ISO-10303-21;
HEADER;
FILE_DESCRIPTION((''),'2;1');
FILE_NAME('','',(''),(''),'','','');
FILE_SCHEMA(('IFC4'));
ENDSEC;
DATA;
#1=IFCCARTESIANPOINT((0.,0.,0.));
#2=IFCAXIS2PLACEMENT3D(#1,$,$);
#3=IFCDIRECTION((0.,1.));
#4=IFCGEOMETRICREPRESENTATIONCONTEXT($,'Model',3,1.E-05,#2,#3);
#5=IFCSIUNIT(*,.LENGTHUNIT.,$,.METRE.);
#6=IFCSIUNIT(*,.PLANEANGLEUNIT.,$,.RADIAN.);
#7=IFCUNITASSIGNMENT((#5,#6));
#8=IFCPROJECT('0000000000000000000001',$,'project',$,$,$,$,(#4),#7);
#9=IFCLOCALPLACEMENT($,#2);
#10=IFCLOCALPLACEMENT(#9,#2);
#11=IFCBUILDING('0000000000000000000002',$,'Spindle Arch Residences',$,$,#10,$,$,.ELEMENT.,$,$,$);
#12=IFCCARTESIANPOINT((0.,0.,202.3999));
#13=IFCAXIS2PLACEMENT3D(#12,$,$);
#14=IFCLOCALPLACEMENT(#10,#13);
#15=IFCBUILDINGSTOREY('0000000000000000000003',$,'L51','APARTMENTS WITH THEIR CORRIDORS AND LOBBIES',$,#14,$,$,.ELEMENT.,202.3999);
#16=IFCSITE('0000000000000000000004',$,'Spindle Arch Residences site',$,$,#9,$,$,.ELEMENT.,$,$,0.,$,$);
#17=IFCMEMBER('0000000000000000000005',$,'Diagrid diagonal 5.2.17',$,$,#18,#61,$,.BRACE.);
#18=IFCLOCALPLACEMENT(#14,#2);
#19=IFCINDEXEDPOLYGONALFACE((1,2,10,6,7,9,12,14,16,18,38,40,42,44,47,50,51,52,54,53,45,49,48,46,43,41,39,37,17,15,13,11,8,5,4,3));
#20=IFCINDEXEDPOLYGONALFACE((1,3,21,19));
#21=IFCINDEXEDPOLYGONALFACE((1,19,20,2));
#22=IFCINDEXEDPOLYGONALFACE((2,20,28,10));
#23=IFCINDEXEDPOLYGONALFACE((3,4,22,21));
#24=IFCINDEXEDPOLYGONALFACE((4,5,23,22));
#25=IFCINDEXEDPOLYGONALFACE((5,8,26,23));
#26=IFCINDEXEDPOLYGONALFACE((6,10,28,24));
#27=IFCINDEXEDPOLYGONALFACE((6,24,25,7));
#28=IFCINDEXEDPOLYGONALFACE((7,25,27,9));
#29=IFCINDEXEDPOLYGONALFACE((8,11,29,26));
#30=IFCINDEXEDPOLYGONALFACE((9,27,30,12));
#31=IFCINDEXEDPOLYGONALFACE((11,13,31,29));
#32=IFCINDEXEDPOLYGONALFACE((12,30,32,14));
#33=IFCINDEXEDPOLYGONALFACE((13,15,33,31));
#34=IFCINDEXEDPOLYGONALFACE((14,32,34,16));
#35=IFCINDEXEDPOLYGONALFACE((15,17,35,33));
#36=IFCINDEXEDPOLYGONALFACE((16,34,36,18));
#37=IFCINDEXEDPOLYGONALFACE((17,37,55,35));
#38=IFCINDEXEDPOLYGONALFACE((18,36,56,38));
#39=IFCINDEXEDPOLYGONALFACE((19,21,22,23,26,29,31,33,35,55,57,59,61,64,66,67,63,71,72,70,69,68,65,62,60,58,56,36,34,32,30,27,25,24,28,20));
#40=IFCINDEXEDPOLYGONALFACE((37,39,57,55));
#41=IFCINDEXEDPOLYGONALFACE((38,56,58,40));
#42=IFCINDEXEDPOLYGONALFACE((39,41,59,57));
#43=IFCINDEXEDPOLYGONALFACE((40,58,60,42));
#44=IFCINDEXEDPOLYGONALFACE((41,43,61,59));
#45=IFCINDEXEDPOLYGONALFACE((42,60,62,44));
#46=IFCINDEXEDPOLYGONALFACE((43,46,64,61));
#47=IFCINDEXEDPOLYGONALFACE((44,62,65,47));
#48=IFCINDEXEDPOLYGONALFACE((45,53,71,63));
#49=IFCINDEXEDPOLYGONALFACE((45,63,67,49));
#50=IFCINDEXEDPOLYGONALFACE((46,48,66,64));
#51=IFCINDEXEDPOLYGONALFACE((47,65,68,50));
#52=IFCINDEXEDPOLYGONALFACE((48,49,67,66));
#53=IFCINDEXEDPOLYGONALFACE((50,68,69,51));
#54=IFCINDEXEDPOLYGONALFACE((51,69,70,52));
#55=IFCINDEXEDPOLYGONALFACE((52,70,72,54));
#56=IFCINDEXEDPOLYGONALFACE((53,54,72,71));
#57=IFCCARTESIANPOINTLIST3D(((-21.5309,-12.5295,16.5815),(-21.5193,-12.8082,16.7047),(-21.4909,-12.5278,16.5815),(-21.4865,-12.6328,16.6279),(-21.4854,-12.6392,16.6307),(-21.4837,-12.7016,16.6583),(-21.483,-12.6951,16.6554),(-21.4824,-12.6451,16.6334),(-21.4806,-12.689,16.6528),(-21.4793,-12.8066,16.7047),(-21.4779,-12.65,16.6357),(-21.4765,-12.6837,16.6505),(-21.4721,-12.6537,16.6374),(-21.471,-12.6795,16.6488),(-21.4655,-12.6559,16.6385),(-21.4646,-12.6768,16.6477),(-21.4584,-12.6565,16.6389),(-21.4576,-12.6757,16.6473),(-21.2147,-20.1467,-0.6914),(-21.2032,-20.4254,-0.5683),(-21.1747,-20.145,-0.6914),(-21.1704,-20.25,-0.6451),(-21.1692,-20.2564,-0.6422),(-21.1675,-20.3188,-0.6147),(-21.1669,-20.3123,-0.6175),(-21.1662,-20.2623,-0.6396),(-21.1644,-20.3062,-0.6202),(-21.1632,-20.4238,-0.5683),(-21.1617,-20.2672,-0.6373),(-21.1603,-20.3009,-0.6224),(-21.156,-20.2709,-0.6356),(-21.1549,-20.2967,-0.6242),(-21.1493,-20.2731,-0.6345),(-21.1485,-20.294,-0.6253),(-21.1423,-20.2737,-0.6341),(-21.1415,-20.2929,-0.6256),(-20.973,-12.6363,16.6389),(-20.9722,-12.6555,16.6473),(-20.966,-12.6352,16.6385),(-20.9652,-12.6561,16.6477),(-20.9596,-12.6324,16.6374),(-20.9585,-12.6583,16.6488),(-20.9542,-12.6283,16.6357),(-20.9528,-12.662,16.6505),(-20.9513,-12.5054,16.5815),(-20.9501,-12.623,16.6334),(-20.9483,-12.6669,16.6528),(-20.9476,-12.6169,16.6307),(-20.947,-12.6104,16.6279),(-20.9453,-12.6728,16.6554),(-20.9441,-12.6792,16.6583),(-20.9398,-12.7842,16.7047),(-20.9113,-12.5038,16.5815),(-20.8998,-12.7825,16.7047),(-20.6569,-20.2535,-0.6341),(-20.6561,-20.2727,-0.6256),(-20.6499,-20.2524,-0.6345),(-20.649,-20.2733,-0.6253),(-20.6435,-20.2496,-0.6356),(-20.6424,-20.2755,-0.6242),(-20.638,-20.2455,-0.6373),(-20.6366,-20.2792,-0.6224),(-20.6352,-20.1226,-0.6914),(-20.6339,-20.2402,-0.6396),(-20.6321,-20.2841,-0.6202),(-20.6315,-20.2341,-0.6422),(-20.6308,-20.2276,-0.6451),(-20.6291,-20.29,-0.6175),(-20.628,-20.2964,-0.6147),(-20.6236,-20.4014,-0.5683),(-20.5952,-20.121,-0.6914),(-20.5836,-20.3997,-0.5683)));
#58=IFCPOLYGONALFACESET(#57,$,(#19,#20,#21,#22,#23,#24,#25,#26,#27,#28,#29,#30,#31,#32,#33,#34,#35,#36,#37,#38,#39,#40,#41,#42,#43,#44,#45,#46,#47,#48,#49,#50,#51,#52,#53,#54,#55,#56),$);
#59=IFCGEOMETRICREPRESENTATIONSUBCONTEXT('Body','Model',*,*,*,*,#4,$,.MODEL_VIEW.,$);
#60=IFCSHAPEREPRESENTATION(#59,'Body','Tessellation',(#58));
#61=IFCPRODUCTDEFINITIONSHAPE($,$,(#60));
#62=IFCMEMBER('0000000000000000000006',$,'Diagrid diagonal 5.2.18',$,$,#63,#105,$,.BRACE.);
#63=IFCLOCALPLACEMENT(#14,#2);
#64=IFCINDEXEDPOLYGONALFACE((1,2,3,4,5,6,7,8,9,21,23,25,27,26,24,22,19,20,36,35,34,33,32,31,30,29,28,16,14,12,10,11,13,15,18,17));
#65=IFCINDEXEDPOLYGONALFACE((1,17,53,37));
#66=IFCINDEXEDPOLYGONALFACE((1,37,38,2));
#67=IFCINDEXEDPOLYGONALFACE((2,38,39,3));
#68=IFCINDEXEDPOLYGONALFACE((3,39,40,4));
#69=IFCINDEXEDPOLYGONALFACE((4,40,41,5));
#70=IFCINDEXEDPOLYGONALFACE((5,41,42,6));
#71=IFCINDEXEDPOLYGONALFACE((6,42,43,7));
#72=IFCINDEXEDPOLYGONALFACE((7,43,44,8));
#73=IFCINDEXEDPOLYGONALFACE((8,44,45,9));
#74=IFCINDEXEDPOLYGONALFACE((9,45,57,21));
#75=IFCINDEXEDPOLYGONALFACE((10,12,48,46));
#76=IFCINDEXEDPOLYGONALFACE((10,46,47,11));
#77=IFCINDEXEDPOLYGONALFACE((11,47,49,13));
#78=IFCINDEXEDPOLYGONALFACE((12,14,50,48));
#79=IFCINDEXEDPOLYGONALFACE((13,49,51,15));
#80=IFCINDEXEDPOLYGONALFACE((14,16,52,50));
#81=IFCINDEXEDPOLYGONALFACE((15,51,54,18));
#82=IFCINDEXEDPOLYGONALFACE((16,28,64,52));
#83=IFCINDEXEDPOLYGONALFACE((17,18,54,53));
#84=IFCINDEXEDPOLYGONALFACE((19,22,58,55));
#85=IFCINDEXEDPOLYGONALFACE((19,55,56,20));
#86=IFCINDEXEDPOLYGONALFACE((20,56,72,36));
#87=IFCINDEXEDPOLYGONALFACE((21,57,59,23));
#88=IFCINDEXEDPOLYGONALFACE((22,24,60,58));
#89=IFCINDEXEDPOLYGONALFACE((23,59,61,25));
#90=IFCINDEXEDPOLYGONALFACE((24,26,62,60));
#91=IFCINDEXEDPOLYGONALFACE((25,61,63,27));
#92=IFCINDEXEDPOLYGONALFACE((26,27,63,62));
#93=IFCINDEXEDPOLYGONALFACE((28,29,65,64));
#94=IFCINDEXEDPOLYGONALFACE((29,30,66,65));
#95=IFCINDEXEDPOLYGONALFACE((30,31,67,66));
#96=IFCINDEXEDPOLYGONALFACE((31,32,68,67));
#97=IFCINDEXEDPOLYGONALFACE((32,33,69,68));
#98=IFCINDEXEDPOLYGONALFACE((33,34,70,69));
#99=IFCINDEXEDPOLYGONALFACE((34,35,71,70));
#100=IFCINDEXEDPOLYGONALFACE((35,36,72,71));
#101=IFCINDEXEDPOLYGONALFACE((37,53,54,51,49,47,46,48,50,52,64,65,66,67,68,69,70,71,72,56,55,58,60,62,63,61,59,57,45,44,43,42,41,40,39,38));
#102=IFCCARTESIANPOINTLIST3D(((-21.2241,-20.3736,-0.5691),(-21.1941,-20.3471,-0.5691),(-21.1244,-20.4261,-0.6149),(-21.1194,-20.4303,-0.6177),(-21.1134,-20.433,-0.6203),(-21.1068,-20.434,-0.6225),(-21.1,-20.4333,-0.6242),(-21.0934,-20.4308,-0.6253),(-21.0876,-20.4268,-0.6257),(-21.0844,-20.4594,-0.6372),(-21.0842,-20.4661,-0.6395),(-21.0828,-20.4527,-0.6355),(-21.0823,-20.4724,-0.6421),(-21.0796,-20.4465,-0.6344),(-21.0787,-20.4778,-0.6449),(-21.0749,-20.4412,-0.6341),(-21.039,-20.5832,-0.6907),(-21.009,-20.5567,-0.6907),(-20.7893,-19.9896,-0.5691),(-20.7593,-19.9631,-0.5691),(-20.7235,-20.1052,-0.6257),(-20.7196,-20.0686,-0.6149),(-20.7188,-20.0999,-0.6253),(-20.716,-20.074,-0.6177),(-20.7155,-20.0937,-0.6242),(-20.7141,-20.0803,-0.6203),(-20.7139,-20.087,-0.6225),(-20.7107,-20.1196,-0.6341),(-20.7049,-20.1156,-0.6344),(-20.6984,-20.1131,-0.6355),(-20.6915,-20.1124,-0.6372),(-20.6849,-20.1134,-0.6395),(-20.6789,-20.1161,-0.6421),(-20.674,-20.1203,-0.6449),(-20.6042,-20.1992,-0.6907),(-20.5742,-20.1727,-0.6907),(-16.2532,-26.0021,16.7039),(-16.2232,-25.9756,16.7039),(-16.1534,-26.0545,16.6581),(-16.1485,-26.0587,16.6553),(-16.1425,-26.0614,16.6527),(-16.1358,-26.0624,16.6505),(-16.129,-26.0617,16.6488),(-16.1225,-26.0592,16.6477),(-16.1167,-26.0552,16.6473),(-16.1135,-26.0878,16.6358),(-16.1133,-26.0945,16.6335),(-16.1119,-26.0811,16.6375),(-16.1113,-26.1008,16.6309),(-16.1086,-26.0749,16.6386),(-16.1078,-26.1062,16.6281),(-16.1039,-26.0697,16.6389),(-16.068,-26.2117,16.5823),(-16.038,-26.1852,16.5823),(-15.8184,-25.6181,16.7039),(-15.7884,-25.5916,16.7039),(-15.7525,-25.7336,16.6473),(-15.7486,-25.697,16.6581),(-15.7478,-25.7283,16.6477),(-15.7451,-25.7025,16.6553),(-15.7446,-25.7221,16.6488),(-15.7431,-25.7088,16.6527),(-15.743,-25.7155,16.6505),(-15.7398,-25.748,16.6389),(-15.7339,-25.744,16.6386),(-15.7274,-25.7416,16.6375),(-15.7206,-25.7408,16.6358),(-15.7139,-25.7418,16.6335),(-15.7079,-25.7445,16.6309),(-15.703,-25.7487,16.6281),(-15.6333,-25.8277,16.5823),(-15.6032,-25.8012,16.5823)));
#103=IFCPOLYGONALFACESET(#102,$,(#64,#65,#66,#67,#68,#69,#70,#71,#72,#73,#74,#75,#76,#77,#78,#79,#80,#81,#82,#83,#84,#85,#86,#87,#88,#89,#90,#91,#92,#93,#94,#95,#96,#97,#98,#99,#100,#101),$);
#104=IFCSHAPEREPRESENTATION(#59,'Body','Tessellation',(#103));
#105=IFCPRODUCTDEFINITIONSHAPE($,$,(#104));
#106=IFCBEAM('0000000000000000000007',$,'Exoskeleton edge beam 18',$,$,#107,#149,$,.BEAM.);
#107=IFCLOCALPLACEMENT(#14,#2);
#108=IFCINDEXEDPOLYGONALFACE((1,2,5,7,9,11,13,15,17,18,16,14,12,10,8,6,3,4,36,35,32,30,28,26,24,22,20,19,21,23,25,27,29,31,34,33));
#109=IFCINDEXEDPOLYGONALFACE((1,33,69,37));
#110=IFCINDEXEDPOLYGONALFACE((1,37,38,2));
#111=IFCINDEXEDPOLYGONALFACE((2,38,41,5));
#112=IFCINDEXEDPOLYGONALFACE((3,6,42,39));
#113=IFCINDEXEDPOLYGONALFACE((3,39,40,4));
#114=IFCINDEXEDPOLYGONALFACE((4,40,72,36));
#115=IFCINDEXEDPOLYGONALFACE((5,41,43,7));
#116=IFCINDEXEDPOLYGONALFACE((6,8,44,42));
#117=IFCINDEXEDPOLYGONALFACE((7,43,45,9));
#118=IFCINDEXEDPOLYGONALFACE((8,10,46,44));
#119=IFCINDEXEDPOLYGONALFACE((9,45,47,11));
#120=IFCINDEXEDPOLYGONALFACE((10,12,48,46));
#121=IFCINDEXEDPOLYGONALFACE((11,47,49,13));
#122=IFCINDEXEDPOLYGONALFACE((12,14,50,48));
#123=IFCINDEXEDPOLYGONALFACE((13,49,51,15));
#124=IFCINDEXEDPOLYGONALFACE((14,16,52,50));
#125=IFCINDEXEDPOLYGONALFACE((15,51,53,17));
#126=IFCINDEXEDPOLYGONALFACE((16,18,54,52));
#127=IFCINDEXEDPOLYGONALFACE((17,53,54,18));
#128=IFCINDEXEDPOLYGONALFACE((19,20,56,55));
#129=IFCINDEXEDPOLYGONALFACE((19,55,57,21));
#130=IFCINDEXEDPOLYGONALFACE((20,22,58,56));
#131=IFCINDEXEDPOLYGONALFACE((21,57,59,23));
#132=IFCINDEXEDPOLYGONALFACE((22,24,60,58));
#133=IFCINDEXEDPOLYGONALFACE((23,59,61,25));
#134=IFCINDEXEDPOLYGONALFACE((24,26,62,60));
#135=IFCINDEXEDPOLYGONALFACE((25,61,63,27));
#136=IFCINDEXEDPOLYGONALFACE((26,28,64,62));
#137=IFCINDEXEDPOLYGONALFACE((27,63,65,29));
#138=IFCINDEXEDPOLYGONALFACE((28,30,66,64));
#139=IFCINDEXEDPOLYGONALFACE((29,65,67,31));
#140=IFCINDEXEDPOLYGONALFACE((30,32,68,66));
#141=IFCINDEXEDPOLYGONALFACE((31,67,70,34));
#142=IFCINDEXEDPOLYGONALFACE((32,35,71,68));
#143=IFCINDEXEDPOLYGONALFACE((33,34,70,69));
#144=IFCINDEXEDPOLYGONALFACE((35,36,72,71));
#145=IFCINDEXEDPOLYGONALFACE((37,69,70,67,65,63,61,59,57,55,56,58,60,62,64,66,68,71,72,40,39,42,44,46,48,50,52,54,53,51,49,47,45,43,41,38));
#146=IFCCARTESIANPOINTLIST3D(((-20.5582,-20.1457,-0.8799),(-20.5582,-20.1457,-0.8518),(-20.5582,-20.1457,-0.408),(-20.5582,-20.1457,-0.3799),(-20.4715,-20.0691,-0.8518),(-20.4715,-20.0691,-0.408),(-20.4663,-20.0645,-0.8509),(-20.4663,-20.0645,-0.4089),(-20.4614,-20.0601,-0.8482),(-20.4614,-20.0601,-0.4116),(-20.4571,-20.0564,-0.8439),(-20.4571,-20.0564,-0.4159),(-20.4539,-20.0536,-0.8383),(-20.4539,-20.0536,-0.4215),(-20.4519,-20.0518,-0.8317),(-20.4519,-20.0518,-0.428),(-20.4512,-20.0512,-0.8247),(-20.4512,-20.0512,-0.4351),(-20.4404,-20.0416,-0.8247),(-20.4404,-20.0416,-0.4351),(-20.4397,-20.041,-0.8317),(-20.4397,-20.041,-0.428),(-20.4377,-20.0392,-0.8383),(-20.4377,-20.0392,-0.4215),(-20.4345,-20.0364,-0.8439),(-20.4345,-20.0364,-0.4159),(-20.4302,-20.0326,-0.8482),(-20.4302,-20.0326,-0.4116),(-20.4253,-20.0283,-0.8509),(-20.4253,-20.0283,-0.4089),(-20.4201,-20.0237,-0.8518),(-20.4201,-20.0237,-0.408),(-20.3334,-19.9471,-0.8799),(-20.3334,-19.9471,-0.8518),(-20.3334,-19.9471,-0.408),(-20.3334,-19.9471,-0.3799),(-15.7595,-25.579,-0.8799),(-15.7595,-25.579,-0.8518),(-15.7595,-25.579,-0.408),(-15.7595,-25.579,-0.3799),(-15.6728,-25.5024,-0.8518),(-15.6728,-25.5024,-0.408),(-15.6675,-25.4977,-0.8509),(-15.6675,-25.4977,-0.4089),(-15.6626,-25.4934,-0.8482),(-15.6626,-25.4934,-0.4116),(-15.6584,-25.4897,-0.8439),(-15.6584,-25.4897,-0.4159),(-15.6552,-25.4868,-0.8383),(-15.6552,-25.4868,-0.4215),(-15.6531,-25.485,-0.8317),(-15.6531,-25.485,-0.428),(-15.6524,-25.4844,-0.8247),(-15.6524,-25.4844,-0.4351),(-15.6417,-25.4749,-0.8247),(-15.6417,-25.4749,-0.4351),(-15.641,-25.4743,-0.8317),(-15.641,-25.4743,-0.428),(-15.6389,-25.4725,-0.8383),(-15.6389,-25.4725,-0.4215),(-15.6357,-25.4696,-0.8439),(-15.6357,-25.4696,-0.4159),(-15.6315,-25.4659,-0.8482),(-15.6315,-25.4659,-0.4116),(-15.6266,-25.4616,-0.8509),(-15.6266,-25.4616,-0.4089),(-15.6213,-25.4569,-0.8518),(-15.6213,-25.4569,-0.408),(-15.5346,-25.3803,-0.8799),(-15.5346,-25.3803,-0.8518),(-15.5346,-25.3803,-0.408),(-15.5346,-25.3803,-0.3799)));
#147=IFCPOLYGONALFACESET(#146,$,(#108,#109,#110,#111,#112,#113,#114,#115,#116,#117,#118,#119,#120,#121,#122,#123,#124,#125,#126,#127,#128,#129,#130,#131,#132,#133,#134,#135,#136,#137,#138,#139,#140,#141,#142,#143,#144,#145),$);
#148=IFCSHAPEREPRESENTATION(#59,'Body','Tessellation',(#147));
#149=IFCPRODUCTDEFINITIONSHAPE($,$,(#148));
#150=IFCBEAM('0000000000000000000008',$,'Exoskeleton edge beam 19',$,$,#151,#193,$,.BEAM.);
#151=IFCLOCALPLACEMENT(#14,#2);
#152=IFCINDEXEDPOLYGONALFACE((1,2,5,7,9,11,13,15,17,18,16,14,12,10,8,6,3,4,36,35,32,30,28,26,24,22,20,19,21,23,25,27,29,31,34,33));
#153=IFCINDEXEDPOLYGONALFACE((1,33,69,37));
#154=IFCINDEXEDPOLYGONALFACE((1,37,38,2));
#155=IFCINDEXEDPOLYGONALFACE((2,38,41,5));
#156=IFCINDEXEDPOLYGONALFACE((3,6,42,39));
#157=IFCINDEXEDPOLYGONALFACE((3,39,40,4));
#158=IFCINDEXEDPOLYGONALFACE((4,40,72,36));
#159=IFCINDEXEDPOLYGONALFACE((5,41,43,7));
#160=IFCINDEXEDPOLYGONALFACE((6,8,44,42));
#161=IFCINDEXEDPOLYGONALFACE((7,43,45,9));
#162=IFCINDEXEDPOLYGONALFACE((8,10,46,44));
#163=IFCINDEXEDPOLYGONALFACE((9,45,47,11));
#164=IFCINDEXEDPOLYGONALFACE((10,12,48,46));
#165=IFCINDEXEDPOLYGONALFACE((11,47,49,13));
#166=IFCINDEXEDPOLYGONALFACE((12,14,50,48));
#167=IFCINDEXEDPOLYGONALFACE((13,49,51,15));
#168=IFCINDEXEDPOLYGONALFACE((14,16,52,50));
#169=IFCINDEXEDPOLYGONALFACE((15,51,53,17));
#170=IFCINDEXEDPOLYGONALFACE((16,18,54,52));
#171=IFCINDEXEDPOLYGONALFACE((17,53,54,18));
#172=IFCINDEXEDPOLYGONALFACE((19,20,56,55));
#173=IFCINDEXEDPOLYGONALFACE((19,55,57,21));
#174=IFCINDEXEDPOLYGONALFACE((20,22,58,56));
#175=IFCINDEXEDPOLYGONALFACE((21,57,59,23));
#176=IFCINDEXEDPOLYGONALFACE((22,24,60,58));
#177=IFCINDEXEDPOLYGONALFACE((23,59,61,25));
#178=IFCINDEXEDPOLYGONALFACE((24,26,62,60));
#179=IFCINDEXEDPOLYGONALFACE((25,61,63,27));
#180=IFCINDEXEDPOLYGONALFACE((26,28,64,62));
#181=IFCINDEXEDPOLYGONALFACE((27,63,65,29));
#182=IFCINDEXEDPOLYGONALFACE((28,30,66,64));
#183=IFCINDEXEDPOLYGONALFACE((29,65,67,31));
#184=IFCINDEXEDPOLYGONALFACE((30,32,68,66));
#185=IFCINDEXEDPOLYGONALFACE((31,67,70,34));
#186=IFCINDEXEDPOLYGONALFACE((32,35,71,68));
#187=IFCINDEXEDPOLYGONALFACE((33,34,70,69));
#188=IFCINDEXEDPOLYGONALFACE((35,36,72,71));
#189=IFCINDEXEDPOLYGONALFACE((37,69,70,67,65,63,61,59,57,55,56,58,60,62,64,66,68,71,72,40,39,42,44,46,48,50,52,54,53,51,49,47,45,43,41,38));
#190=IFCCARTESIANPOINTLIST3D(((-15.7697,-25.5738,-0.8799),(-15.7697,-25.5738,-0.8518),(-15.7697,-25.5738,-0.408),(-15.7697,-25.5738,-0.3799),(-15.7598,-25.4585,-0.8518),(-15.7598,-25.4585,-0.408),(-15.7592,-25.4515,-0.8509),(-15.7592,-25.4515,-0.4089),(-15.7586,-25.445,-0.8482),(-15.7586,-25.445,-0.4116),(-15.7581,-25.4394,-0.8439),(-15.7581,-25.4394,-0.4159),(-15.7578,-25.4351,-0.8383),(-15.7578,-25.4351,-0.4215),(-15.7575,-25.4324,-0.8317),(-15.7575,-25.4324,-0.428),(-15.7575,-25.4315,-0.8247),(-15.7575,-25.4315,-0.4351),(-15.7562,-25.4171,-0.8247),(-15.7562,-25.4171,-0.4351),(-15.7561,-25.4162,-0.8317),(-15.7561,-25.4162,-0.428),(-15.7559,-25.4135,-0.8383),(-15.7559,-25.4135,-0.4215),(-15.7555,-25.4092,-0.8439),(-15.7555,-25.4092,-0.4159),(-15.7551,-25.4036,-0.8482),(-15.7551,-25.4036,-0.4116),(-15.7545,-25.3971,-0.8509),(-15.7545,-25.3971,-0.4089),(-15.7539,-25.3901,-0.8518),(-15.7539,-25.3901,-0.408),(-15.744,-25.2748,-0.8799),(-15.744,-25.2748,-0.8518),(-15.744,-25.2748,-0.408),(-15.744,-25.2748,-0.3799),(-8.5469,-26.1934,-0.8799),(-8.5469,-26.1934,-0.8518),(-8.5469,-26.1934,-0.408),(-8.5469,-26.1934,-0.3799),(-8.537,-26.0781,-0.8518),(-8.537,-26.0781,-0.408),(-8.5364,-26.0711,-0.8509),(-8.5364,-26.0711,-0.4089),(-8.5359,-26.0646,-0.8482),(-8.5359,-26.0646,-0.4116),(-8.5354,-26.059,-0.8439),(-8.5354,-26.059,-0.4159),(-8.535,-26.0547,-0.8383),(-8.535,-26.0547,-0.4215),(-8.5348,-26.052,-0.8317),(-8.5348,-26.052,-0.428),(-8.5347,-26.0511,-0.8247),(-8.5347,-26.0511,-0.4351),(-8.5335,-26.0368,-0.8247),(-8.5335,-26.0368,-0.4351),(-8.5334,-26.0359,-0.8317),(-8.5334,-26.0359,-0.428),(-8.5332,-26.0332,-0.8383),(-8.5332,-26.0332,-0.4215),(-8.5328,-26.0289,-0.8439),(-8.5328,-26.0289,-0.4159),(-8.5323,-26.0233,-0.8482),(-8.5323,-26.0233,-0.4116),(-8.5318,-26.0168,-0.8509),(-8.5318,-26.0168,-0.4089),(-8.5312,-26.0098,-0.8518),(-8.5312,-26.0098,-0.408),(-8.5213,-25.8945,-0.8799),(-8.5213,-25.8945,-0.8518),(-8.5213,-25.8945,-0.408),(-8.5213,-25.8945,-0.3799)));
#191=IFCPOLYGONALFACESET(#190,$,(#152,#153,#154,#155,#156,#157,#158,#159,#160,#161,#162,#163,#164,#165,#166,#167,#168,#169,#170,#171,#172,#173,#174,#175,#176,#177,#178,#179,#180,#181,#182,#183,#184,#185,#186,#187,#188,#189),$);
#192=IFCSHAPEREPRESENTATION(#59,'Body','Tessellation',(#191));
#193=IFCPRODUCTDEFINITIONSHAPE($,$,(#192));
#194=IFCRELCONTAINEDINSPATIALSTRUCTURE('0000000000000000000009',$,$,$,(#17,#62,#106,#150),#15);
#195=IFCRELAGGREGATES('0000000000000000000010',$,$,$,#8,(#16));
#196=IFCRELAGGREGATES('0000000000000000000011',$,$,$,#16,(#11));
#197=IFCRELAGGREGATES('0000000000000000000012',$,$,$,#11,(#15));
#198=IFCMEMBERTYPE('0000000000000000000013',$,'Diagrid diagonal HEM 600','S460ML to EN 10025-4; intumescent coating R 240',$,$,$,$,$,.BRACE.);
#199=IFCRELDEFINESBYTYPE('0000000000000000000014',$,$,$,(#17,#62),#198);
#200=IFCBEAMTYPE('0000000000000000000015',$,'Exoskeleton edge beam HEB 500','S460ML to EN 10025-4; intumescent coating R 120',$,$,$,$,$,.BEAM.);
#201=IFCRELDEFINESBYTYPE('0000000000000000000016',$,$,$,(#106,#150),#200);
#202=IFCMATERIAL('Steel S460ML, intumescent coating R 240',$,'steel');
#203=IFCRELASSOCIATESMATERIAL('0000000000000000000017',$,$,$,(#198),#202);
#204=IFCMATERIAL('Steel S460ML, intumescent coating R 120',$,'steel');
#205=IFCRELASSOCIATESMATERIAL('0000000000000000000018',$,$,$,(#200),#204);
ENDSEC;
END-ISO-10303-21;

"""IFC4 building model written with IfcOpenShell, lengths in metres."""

from ifc_helpers import new_model, si_unit, direction, frame, origin, origin_2d, place, context, subcontext, project, spatial, i_section, extrude, material, material_profile, profile_set, type_object, element, save


model = new_model("IFC4")

# Units and contexts
model_context = context("Model", 3, precision=1e-05, world=origin(), true_north=direction((0.0, 1.0)))
body_context = subcontext(model_context, "Body", "Model", "MODEL_VIEW")
ifc_project = project(units=[si_unit("LENGTHUNIT", "METRE"), si_unit("PLANEANGLEUNIT", "RADIAN")], contexts=[model_context])

# Site, building, storey
site_placement = place(None, origin())
site = spatial("IfcSite", under=ifc_project, at=site_placement, Name="Spindle Arch Residences site", CompositionType="ELEMENT", RefElevation=0.0)
building_placement = place(site_placement, origin())
building = spatial("IfcBuilding", under=site, at=building_placement, Name="Spindle Arch Residences", CompositionType="ELEMENT")
storey_placement = place(building_placement, frame((0.0, 0.0, 202.3999)))
storey = spatial("IfcBuildingStorey", under=building, at=storey_placement, Name="L51", Description="APARTMENTS WITH THEIR CORRIDORS AND LOBBIES", CompositionType="ELEMENT", Elevation=202.3999)

# Members
ifc_material_1 = material(Name="Steel S460ML, intumescent coating R 240", Category="steel")
ifc_material_profile_1 = material_profile(ifc_material_1, i_section(OverallWidth=0.3049, OverallDepth=0.6201, WebThickness=0.021, FlangeThickness=0.04, FilletRadius=0.0271, at=origin_2d()), Name="HEM 600")
ifc_profile_set_1 = profile_set([ifc_material_profile_1], Name="Steel S460ML, intumescent coating R 240")
member_type_1 = type_object("IfcMemberType", Name="Diagrid diagonal HEM 600", Description="S460ML to EN 10025-4; intumescent coating R 240", PredefinedType="BRACE", material=ifc_profile_set_1)
member_1_placement = place(storey_placement, frame((-20.8992, -20.2732, -0.6299), z_axis=(-0.016745, 0.40344, 0.914853), x_axis=(0.03794, -0.914066, 0.403788)))
element("IfcMember", 1, at=member_1_placement, inside=storey, type_object=member_type_1, Name="Diagrid diagonal 5.2.17", PredefinedType="BRACE", context=body_context, shape_type="SweptSolid", body=[
    extrude(i_section(OverallWidth=0.3049, OverallDepth=0.6201, WebThickness=0.021, FlangeThickness=0.04, FilletRadius=0.0271, at=origin_2d()), origin(), (0.0, 0.0, 1.0), 18.8806),
])
member_2_placement = place(storey_placement, frame((-20.8992, -20.2732, -0.6299), z_axis=(0.263926, -0.298833, 0.917083), x_axis=(-0.607085, 0.687379, 0.398695)))
element("IfcMember", 2, at=member_2_placement, inside=storey, type_object=member_type_1, Name="Diagrid diagonal 5.2.18", PredefinedType="BRACE", context=body_context, shape_type="SweptSolid", body=[
    extrude(i_section(OverallWidth=0.3049, OverallDepth=0.6201, WebThickness=0.021, FlangeThickness=0.04, FilletRadius=0.0271, at=origin_2d()), origin(), (0.0, 0.0, 1.0), 18.8347),
])

# Beams
ifc_material_2 = material(Name="Steel S460ML, intumescent coating R 120", Category="steel")
ifc_material_profile_2 = material_profile(ifc_material_2, i_section(OverallWidth=0.3, OverallDepth=0.5, WebThickness=0.0144, FlangeThickness=0.0281, FilletRadius=0.0271, at=origin_2d()), Name="HEB 500")
ifc_profile_set_2 = profile_set([ifc_material_profile_2], Name="Steel S460ML, intumescent coating R 120")
beam_type_1 = type_object("IfcBeamType", Name="Exoskeleton edge beam HEB 500", Description="S460ML to EN 10025-4; intumescent coating R 120", PredefinedType="BEAM", material=ifc_profile_set_2)
beam_1_placement = place(storey_placement, frame((-20.4458, -20.0464, -0.6299), z_axis=(0.661986, -0.749516, 0.0), x_axis=(0.749516, 0.661986, 0.0)))
element("IfcBeam", 3, at=beam_1_placement, inside=storey, type_object=beam_type_1, Name="Exoskeleton edge beam 18", PredefinedType="BEAM", context=body_context, shape_type="SweptSolid", body=[
    extrude(i_section(OverallWidth=0.3, OverallDepth=0.5, WebThickness=0.0144, FlangeThickness=0.0281, FilletRadius=0.0271, at=origin_2d()), origin(), (0.0, 0.0, 1.0), 7.249),
])
beam_2_placement = place(storey_placement, frame((-15.7568, -25.4243, -0.6299), z_axis=(0.99634, -0.085476, 0.0), x_axis=(0.085476, 0.99634, 0.0)))
element("IfcBeam", 4, at=beam_2_placement, inside=storey, type_object=beam_type_1, Name="Exoskeleton edge beam 19", PredefinedType="BEAM", context=body_context, shape_type="SweptSolid", body=[
    extrude(i_section(OverallWidth=0.3, OverallDepth=0.5, WebThickness=0.0144, FlangeThickness=0.0281, FilletRadius=0.0271, at=origin_2d()), origin(), (0.0, 0.0, 1.0), 7.2493),
])

save(model, "model.ifc")
